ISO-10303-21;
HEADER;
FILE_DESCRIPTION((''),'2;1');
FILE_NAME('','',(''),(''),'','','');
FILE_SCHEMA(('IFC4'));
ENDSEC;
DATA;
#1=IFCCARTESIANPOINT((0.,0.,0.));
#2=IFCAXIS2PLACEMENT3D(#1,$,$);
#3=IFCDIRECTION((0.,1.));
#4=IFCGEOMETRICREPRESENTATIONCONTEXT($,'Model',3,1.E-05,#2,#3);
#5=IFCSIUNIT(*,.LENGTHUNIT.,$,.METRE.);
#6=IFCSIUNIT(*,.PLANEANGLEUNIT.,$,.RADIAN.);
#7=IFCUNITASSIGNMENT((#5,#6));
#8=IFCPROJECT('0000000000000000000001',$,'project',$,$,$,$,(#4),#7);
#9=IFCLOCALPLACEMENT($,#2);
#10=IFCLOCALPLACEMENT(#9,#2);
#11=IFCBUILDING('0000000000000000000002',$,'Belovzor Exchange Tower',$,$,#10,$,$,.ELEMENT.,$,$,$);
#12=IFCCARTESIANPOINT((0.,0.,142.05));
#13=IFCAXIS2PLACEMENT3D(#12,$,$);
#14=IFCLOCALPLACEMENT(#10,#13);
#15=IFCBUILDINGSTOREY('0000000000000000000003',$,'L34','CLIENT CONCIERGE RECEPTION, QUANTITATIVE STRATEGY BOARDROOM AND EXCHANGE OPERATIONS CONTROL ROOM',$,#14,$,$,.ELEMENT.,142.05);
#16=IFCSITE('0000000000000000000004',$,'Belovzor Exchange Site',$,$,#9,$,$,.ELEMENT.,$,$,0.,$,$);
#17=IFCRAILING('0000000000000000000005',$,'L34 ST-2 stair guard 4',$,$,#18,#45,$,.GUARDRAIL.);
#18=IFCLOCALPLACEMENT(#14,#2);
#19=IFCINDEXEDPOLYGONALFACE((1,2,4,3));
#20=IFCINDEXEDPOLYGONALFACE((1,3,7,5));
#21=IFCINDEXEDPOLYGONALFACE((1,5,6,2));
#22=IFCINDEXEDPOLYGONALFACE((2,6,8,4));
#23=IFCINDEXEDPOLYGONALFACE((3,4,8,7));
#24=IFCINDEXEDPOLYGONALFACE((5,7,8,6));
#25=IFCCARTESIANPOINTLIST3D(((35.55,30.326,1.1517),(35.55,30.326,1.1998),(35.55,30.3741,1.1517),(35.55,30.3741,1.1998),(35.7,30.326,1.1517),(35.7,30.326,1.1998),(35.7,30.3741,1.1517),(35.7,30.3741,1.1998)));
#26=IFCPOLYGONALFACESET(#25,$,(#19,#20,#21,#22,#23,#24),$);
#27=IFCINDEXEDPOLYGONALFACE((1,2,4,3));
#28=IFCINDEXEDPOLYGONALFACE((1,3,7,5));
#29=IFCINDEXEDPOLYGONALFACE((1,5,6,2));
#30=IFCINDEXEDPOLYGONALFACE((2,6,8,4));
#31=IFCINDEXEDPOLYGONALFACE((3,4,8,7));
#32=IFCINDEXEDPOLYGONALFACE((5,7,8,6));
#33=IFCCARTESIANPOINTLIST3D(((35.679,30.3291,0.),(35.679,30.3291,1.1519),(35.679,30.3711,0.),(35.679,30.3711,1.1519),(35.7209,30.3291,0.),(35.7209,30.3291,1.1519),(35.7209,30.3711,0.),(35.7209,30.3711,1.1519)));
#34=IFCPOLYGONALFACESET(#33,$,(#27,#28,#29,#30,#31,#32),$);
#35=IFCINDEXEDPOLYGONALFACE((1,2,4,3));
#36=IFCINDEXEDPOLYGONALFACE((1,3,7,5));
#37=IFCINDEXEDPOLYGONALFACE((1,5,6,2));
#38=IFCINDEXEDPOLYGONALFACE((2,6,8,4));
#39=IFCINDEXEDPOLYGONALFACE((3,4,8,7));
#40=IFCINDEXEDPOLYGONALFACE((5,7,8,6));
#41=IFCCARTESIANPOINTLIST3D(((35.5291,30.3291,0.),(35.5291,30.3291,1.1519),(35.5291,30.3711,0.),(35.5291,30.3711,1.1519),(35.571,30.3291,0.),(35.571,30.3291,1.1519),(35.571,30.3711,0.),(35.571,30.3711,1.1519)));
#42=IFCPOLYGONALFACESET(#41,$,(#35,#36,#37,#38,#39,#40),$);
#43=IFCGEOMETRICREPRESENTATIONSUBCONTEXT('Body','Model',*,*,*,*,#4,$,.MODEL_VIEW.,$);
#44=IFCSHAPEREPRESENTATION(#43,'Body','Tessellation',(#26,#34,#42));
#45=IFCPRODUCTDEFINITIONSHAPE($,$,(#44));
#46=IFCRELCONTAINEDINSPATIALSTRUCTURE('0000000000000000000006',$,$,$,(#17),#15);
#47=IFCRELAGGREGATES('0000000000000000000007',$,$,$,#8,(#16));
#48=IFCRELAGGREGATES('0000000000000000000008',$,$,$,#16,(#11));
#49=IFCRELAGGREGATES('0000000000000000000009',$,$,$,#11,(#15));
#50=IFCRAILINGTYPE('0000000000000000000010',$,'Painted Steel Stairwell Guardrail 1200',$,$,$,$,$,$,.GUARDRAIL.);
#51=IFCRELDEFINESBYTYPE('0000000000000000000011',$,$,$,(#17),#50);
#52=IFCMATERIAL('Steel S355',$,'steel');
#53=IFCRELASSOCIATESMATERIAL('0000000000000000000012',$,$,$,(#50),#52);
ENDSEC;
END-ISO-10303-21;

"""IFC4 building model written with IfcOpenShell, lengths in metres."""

from ifc_helpers import new_model, si_unit, direction, frame, origin, origin_2d, place, context, subcontext, project, spatial, rectangle, extrude, material, type_object, element, save


model = new_model("IFC4")

# Units and contexts
model_context = context("Model", 3, precision=1e-05, world=origin(), true_north=direction((0.0, 1.0)))
body_context = subcontext(model_context, "Body", "Model", "MODEL_VIEW")
ifc_project = project(units=[si_unit("LENGTHUNIT", "METRE"), si_unit("PLANEANGLEUNIT", "RADIAN")], contexts=[model_context])

# Site, building, storey
site_placement = place(None, origin())
site = spatial("IfcSite", under=ifc_project, at=site_placement, Name="Belovzor Exchange Site", CompositionType="ELEMENT", RefElevation=0.0)
building_placement = place(site_placement, origin())
building = spatial("IfcBuilding", under=site, at=building_placement, Name="Belovzor Exchange Tower", CompositionType="ELEMENT")
storey_placement = place(building_placement, frame((0.0, 0.0, 142.05)))
storey = spatial("IfcBuildingStorey", under=building, at=storey_placement, Name="L34", Description="CLIENT CONCIERGE RECEPTION, QUANTITATIVE STRATEGY BOARDROOM AND EXCHANGE OPERATIONS CONTROL ROOM", CompositionType="ELEMENT", Elevation=142.05)

# Railing
ifc_material_1 = material(Name="Steel S355", Category="steel")
railing_type_1 = type_object("IfcRailingType", Name="Painted Steel Stairwell Guardrail 1200", PredefinedType="GUARDRAIL", material=ifc_material_1)
railing_1_placement = place(storey_placement, frame((35.7, 30.3501, 0.0)))
element("IfcRailing", 1, at=railing_1_placement, inside=storey, type_object=railing_type_1, Name="L34 ST-2 stair guard 4", PredefinedType="GUARDRAIL", context=body_context, shape_type="SweptSolid", body=[
    extrude(rectangle(XDim=0.0481, YDim=0.0481, at=origin_2d()), frame((0.0, 0.0, 1.1758), z_axis=(-1.0, 0.0, 0.0), x_axis=(0.0, -1.0, 0.0)), (0.0, 0.0, 1.0), 0.1499),
    extrude(rectangle(XDim=0.042, YDim=0.042, at=origin_2d()), origin(), (0.0, 0.0, 1.0), 1.1519),
    extrude(rectangle(XDim=0.042, YDim=0.042, at=origin_2d()), frame((-0.1499, 0.0, 0.0)), (0.0, 0.0, 1.0), 1.1519),
])

save(model, "model.ifc")
